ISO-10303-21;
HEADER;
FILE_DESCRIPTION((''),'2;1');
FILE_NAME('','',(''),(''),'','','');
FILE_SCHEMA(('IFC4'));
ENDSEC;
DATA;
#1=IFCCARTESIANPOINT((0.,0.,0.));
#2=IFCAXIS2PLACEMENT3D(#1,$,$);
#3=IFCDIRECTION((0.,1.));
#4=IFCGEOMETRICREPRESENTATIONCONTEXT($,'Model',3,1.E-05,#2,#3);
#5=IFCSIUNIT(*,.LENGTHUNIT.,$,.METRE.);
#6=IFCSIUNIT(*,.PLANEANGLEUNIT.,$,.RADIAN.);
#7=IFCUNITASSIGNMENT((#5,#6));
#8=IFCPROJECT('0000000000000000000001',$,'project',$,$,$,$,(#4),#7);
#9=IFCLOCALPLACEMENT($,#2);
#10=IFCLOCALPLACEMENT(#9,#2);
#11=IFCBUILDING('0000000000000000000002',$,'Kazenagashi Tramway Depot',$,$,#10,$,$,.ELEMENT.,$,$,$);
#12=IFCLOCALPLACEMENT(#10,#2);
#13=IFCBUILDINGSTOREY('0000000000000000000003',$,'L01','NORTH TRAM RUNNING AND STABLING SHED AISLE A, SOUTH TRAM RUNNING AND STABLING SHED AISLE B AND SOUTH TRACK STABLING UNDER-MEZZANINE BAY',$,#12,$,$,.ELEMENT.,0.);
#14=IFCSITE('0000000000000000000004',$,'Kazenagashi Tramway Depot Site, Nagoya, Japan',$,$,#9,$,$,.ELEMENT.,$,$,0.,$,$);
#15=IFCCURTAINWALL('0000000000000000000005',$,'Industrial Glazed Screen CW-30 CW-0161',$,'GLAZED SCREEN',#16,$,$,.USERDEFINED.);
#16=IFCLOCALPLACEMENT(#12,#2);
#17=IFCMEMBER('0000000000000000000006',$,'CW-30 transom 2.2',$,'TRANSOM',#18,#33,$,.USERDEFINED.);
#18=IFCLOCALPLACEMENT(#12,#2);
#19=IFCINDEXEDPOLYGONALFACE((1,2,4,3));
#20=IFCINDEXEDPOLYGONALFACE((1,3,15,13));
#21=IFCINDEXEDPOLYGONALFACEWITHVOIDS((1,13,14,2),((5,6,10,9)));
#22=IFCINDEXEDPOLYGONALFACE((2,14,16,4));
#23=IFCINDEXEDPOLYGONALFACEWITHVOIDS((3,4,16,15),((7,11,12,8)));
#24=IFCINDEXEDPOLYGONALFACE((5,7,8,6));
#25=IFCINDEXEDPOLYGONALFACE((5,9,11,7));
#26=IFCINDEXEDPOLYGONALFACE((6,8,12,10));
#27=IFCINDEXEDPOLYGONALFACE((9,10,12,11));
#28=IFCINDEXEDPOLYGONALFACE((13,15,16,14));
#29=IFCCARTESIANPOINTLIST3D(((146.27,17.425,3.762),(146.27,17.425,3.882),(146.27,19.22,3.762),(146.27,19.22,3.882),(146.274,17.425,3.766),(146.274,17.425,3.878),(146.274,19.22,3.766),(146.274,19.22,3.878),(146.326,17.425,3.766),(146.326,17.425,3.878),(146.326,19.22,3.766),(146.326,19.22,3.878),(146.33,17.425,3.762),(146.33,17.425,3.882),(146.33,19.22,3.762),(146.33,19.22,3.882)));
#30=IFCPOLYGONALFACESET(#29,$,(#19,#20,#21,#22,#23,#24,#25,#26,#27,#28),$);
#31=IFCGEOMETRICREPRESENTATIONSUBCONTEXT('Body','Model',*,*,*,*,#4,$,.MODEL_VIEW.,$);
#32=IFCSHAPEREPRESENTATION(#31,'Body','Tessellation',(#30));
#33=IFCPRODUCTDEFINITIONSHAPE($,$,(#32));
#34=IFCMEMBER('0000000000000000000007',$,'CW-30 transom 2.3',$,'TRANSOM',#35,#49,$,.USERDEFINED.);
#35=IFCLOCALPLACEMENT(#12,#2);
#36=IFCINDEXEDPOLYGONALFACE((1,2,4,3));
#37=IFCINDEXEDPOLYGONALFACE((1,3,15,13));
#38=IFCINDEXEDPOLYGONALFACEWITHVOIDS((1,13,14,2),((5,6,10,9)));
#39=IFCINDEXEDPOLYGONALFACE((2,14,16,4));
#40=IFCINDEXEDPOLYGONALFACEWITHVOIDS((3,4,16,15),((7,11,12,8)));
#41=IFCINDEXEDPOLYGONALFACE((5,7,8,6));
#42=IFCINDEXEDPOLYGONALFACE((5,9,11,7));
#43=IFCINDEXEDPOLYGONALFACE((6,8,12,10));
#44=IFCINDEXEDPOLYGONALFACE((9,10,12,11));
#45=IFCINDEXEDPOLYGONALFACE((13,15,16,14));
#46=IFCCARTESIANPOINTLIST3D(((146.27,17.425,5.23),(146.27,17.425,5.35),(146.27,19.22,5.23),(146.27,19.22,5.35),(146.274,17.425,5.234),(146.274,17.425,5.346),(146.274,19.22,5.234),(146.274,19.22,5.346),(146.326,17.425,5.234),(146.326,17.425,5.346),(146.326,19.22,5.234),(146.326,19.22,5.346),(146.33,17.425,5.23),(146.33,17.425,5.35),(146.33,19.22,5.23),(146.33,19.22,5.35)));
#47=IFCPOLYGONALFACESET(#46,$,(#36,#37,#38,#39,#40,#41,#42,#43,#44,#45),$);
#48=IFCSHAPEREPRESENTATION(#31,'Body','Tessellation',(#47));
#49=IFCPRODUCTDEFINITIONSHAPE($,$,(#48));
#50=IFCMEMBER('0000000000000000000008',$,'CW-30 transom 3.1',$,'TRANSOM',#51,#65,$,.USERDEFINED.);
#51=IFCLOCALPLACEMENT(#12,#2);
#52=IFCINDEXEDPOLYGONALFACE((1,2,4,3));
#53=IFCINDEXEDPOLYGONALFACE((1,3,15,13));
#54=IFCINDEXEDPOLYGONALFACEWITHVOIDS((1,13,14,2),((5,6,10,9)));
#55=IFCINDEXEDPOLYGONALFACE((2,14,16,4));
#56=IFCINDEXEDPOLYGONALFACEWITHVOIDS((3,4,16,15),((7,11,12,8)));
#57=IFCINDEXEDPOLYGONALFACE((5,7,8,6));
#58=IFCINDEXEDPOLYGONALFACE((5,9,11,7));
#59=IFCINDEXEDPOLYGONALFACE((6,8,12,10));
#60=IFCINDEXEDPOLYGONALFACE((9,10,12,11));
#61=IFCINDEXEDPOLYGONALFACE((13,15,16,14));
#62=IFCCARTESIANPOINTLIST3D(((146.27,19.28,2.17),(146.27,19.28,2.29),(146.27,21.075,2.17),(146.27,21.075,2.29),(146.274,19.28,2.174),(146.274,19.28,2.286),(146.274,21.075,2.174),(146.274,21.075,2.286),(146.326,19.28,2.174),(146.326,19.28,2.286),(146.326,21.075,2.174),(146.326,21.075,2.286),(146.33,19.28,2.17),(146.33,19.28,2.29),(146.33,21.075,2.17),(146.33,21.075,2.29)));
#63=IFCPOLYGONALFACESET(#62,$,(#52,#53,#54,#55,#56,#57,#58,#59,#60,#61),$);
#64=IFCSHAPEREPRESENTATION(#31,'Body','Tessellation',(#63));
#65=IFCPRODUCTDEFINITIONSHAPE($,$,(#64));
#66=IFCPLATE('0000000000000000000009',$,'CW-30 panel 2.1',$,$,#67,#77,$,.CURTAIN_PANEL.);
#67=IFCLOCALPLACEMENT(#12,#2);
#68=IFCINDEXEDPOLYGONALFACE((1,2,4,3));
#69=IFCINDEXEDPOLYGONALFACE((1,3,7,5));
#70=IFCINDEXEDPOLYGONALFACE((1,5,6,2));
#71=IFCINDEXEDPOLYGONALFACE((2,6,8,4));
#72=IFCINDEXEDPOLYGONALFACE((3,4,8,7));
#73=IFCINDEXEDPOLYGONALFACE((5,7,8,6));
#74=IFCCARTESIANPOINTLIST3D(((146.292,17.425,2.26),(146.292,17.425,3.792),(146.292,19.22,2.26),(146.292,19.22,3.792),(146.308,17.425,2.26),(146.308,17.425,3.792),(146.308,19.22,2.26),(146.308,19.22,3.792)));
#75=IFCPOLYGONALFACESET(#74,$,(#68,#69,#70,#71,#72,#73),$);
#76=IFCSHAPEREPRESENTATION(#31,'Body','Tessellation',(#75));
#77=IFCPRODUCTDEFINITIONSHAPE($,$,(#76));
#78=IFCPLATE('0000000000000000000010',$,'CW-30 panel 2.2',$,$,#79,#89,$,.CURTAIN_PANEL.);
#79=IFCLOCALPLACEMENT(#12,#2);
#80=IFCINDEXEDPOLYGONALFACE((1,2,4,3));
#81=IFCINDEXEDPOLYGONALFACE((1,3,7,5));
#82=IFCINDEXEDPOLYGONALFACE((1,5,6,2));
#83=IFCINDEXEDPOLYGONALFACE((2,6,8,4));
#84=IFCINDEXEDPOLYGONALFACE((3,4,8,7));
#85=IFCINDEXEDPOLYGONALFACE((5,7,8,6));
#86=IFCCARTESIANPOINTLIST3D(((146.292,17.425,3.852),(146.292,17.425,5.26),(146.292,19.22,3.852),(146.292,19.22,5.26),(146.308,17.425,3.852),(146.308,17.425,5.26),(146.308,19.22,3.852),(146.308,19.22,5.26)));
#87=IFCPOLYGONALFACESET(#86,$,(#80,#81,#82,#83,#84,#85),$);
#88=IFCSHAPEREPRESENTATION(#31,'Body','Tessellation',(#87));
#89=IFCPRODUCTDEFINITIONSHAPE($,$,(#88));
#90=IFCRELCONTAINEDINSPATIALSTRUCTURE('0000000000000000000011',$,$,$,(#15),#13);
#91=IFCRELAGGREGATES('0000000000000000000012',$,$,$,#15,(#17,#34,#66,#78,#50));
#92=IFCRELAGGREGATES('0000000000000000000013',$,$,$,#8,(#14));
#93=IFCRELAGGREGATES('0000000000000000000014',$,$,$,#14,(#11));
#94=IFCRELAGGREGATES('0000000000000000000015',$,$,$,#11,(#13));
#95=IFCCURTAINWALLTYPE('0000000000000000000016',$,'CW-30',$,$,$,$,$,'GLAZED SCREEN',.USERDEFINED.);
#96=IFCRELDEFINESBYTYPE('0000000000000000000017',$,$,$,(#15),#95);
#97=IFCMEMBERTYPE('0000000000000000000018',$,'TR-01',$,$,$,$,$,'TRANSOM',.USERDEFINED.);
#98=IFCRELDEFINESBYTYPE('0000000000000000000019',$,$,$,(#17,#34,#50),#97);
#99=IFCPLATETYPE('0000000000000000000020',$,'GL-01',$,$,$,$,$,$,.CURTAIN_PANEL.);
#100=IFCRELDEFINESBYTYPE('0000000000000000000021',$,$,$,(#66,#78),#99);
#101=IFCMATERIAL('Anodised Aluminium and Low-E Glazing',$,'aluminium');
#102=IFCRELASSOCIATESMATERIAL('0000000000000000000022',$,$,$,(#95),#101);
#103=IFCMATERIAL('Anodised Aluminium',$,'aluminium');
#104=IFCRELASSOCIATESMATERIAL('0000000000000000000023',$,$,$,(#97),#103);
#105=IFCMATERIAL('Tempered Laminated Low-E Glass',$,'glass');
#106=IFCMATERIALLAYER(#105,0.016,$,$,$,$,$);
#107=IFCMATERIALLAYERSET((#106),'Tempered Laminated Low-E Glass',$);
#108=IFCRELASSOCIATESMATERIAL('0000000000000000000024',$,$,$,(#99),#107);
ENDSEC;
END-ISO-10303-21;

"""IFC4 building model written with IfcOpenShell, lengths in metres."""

from ifc_helpers import new_model, si_unit, direction, frame, origin, origin_2d, place, context, subcontext, project, spatial, rectangle, hollow_rectangle, extrude, material, layer, layer_set, material_profile, profile_set, type_object, element, aggregate, save


model = new_model("IFC4")

# Units and contexts
model_context = context("Model", 3, precision=1e-05, world=origin(), true_north=direction((0.0, 1.0)))
body_context = subcontext(model_context, "Body", "Model", "MODEL_VIEW")
ifc_project = project(units=[si_unit("LENGTHUNIT", "METRE"), si_unit("PLANEANGLEUNIT", "RADIAN")], contexts=[model_context])

# Site, building, storey
site_placement = place(None, origin())
site = spatial("IfcSite", under=ifc_project, at=site_placement, Name="Kazenagashi Tramway Depot Site, Nagoya, Japan", CompositionType="ELEMENT", RefElevation=0.0)
building_placement = place(site_placement, origin())
building = spatial("IfcBuilding", under=site, at=building_placement, Name="Kazenagashi Tramway Depot", CompositionType="ELEMENT")
storey_placement = place(building_placement, origin())
storey = spatial("IfcBuildingStorey", under=building, at=storey_placement, Name="L01", Description="NORTH TRAM RUNNING AND STABLING SHED AISLE A, SOUTH TRAM RUNNING AND STABLING SHED AISLE B AND SOUTH TRACK STABLING UNDER-MEZZANINE BAY", CompositionType="ELEMENT", Elevation=0.0)

# Curtain wall
ifc_material_1 = material(Name="Anodised Aluminium and Low-E Glazing", Category="aluminium")
curtain_wall_type = type_object("IfcCurtainWallType", Name="CW-30", ElementType="GLAZED SCREEN", PredefinedType="USERDEFINED", material=ifc_material_1)
curtain_wall_placement = place(storey_placement, origin())
curtain_wall = element("IfcCurtainWall", 1, at=curtain_wall_placement, inside=storey, type_object=curtain_wall_type, Name="Industrial Glazed Screen CW-30 CW-0161", ObjectType="GLAZED SCREEN", PredefinedType="USERDEFINED")
ifc_material_2 = material(Name="Anodised Aluminium", Category="aluminium")

# Members
ifc_material_profile_1 = material_profile(ifc_material_2, hollow_rectangle(XDim=0.06, YDim=0.12, WallThickness=0.004, at=origin_2d()), Name="RHS-120x60x4")
ifc_profile_set_1 = profile_set([ifc_material_profile_1], Name="Anodised Aluminium")
member_type_1 = type_object("IfcMemberType", Name="TR-01", ElementType="TRANSOM", PredefinedType="USERDEFINED", material=ifc_profile_set_1)
member_1_placement = place(storey_placement, frame((146.3, 17.425, 3.822), z_axis=(0.0, 1.0, 0.0), x_axis=(-1.0, 0.0, 0.0)))
member_1 = element("IfcMember", 2, at=member_1_placement, type_object=member_type_1, Name="CW-30 transom 2.2", ObjectType="TRANSOM", PredefinedType="USERDEFINED", context=body_context, shape_type="SweptSolid", body=[
    extrude(hollow_rectangle(XDim=0.06, YDim=0.12, WallThickness=0.004, at=origin_2d()), origin(), (0.0, 0.0, 1.0), 1.795),
])
member_2_placement = place(storey_placement, frame((146.3, 17.425, 5.29), z_axis=(0.0, 1.0, 0.0), x_axis=(-1.0, 0.0, 0.0)))
member_2 = element("IfcMember", 3, at=member_2_placement, type_object=member_type_1, Name="CW-30 transom 2.3", ObjectType="TRANSOM", PredefinedType="USERDEFINED", context=body_context, shape_type="SweptSolid", body=[
    extrude(hollow_rectangle(XDim=0.06, YDim=0.12, WallThickness=0.004, at=origin_2d()), origin(), (0.0, 0.0, 1.0), 1.795),
])
member_3_placement = place(storey_placement, frame((146.3, 19.28, 2.23), z_axis=(0.0, 1.0, 0.0), x_axis=(-1.0, 0.0, 0.0)))
member_3 = element("IfcMember", 4, at=member_3_placement, type_object=member_type_1, Name="CW-30 transom 3.1", ObjectType="TRANSOM", PredefinedType="USERDEFINED", context=body_context, shape_type="SweptSolid", body=[
    extrude(hollow_rectangle(XDim=0.06, YDim=0.12, WallThickness=0.004, at=origin_2d()), origin(), (0.0, 0.0, 1.0), 1.795),
])

# Plates
ifc_material_3 = material(Name="Tempered Laminated Low-E Glass", Category="glass")
ifc_layer_1 = layer(ifc_material_3, 0.016)
ifc_layer_set_1 = layer_set([ifc_layer_1], Name="Tempered Laminated Low-E Glass")
plate_type = type_object("IfcPlateType", Name="GL-01", PredefinedType="CURTAIN_PANEL", material=ifc_layer_set_1)
plate_1_placement = place(storey_placement, frame((146.3, 18.3225, 2.26), z_axis=(0.0, 0.0, 1.0), x_axis=(0.0, 1.0, 0.0)))
plate_1 = element("IfcPlate", 5, at=plate_1_placement, type_object=plate_type, Name="CW-30 panel 2.1", PredefinedType="CURTAIN_PANEL", context=body_context, shape_type="SweptSolid", body=[
    extrude(rectangle(XDim=1.795, YDim=0.016, at=origin_2d()), origin(), (0.0, 0.0, 1.0), 1.532),
])
plate_2_placement = place(storey_placement, frame((146.3, 18.3225, 3.852), z_axis=(0.0, 0.0, 1.0), x_axis=(0.0, 1.0, 0.0)))
plate_2 = element("IfcPlate", 6, at=plate_2_placement, type_object=plate_type, Name="CW-30 panel 2.2", PredefinedType="CURTAIN_PANEL", context=body_context, shape_type="SweptSolid", body=[
    extrude(rectangle(XDim=1.795, YDim=0.016, at=origin_2d()), origin(), (0.0, 0.0, 1.0), 1.408),
])
aggregate(curtain_wall, [member_1, member_2, plate_1, plate_2, member_3])

save(model, "model.ifc")
